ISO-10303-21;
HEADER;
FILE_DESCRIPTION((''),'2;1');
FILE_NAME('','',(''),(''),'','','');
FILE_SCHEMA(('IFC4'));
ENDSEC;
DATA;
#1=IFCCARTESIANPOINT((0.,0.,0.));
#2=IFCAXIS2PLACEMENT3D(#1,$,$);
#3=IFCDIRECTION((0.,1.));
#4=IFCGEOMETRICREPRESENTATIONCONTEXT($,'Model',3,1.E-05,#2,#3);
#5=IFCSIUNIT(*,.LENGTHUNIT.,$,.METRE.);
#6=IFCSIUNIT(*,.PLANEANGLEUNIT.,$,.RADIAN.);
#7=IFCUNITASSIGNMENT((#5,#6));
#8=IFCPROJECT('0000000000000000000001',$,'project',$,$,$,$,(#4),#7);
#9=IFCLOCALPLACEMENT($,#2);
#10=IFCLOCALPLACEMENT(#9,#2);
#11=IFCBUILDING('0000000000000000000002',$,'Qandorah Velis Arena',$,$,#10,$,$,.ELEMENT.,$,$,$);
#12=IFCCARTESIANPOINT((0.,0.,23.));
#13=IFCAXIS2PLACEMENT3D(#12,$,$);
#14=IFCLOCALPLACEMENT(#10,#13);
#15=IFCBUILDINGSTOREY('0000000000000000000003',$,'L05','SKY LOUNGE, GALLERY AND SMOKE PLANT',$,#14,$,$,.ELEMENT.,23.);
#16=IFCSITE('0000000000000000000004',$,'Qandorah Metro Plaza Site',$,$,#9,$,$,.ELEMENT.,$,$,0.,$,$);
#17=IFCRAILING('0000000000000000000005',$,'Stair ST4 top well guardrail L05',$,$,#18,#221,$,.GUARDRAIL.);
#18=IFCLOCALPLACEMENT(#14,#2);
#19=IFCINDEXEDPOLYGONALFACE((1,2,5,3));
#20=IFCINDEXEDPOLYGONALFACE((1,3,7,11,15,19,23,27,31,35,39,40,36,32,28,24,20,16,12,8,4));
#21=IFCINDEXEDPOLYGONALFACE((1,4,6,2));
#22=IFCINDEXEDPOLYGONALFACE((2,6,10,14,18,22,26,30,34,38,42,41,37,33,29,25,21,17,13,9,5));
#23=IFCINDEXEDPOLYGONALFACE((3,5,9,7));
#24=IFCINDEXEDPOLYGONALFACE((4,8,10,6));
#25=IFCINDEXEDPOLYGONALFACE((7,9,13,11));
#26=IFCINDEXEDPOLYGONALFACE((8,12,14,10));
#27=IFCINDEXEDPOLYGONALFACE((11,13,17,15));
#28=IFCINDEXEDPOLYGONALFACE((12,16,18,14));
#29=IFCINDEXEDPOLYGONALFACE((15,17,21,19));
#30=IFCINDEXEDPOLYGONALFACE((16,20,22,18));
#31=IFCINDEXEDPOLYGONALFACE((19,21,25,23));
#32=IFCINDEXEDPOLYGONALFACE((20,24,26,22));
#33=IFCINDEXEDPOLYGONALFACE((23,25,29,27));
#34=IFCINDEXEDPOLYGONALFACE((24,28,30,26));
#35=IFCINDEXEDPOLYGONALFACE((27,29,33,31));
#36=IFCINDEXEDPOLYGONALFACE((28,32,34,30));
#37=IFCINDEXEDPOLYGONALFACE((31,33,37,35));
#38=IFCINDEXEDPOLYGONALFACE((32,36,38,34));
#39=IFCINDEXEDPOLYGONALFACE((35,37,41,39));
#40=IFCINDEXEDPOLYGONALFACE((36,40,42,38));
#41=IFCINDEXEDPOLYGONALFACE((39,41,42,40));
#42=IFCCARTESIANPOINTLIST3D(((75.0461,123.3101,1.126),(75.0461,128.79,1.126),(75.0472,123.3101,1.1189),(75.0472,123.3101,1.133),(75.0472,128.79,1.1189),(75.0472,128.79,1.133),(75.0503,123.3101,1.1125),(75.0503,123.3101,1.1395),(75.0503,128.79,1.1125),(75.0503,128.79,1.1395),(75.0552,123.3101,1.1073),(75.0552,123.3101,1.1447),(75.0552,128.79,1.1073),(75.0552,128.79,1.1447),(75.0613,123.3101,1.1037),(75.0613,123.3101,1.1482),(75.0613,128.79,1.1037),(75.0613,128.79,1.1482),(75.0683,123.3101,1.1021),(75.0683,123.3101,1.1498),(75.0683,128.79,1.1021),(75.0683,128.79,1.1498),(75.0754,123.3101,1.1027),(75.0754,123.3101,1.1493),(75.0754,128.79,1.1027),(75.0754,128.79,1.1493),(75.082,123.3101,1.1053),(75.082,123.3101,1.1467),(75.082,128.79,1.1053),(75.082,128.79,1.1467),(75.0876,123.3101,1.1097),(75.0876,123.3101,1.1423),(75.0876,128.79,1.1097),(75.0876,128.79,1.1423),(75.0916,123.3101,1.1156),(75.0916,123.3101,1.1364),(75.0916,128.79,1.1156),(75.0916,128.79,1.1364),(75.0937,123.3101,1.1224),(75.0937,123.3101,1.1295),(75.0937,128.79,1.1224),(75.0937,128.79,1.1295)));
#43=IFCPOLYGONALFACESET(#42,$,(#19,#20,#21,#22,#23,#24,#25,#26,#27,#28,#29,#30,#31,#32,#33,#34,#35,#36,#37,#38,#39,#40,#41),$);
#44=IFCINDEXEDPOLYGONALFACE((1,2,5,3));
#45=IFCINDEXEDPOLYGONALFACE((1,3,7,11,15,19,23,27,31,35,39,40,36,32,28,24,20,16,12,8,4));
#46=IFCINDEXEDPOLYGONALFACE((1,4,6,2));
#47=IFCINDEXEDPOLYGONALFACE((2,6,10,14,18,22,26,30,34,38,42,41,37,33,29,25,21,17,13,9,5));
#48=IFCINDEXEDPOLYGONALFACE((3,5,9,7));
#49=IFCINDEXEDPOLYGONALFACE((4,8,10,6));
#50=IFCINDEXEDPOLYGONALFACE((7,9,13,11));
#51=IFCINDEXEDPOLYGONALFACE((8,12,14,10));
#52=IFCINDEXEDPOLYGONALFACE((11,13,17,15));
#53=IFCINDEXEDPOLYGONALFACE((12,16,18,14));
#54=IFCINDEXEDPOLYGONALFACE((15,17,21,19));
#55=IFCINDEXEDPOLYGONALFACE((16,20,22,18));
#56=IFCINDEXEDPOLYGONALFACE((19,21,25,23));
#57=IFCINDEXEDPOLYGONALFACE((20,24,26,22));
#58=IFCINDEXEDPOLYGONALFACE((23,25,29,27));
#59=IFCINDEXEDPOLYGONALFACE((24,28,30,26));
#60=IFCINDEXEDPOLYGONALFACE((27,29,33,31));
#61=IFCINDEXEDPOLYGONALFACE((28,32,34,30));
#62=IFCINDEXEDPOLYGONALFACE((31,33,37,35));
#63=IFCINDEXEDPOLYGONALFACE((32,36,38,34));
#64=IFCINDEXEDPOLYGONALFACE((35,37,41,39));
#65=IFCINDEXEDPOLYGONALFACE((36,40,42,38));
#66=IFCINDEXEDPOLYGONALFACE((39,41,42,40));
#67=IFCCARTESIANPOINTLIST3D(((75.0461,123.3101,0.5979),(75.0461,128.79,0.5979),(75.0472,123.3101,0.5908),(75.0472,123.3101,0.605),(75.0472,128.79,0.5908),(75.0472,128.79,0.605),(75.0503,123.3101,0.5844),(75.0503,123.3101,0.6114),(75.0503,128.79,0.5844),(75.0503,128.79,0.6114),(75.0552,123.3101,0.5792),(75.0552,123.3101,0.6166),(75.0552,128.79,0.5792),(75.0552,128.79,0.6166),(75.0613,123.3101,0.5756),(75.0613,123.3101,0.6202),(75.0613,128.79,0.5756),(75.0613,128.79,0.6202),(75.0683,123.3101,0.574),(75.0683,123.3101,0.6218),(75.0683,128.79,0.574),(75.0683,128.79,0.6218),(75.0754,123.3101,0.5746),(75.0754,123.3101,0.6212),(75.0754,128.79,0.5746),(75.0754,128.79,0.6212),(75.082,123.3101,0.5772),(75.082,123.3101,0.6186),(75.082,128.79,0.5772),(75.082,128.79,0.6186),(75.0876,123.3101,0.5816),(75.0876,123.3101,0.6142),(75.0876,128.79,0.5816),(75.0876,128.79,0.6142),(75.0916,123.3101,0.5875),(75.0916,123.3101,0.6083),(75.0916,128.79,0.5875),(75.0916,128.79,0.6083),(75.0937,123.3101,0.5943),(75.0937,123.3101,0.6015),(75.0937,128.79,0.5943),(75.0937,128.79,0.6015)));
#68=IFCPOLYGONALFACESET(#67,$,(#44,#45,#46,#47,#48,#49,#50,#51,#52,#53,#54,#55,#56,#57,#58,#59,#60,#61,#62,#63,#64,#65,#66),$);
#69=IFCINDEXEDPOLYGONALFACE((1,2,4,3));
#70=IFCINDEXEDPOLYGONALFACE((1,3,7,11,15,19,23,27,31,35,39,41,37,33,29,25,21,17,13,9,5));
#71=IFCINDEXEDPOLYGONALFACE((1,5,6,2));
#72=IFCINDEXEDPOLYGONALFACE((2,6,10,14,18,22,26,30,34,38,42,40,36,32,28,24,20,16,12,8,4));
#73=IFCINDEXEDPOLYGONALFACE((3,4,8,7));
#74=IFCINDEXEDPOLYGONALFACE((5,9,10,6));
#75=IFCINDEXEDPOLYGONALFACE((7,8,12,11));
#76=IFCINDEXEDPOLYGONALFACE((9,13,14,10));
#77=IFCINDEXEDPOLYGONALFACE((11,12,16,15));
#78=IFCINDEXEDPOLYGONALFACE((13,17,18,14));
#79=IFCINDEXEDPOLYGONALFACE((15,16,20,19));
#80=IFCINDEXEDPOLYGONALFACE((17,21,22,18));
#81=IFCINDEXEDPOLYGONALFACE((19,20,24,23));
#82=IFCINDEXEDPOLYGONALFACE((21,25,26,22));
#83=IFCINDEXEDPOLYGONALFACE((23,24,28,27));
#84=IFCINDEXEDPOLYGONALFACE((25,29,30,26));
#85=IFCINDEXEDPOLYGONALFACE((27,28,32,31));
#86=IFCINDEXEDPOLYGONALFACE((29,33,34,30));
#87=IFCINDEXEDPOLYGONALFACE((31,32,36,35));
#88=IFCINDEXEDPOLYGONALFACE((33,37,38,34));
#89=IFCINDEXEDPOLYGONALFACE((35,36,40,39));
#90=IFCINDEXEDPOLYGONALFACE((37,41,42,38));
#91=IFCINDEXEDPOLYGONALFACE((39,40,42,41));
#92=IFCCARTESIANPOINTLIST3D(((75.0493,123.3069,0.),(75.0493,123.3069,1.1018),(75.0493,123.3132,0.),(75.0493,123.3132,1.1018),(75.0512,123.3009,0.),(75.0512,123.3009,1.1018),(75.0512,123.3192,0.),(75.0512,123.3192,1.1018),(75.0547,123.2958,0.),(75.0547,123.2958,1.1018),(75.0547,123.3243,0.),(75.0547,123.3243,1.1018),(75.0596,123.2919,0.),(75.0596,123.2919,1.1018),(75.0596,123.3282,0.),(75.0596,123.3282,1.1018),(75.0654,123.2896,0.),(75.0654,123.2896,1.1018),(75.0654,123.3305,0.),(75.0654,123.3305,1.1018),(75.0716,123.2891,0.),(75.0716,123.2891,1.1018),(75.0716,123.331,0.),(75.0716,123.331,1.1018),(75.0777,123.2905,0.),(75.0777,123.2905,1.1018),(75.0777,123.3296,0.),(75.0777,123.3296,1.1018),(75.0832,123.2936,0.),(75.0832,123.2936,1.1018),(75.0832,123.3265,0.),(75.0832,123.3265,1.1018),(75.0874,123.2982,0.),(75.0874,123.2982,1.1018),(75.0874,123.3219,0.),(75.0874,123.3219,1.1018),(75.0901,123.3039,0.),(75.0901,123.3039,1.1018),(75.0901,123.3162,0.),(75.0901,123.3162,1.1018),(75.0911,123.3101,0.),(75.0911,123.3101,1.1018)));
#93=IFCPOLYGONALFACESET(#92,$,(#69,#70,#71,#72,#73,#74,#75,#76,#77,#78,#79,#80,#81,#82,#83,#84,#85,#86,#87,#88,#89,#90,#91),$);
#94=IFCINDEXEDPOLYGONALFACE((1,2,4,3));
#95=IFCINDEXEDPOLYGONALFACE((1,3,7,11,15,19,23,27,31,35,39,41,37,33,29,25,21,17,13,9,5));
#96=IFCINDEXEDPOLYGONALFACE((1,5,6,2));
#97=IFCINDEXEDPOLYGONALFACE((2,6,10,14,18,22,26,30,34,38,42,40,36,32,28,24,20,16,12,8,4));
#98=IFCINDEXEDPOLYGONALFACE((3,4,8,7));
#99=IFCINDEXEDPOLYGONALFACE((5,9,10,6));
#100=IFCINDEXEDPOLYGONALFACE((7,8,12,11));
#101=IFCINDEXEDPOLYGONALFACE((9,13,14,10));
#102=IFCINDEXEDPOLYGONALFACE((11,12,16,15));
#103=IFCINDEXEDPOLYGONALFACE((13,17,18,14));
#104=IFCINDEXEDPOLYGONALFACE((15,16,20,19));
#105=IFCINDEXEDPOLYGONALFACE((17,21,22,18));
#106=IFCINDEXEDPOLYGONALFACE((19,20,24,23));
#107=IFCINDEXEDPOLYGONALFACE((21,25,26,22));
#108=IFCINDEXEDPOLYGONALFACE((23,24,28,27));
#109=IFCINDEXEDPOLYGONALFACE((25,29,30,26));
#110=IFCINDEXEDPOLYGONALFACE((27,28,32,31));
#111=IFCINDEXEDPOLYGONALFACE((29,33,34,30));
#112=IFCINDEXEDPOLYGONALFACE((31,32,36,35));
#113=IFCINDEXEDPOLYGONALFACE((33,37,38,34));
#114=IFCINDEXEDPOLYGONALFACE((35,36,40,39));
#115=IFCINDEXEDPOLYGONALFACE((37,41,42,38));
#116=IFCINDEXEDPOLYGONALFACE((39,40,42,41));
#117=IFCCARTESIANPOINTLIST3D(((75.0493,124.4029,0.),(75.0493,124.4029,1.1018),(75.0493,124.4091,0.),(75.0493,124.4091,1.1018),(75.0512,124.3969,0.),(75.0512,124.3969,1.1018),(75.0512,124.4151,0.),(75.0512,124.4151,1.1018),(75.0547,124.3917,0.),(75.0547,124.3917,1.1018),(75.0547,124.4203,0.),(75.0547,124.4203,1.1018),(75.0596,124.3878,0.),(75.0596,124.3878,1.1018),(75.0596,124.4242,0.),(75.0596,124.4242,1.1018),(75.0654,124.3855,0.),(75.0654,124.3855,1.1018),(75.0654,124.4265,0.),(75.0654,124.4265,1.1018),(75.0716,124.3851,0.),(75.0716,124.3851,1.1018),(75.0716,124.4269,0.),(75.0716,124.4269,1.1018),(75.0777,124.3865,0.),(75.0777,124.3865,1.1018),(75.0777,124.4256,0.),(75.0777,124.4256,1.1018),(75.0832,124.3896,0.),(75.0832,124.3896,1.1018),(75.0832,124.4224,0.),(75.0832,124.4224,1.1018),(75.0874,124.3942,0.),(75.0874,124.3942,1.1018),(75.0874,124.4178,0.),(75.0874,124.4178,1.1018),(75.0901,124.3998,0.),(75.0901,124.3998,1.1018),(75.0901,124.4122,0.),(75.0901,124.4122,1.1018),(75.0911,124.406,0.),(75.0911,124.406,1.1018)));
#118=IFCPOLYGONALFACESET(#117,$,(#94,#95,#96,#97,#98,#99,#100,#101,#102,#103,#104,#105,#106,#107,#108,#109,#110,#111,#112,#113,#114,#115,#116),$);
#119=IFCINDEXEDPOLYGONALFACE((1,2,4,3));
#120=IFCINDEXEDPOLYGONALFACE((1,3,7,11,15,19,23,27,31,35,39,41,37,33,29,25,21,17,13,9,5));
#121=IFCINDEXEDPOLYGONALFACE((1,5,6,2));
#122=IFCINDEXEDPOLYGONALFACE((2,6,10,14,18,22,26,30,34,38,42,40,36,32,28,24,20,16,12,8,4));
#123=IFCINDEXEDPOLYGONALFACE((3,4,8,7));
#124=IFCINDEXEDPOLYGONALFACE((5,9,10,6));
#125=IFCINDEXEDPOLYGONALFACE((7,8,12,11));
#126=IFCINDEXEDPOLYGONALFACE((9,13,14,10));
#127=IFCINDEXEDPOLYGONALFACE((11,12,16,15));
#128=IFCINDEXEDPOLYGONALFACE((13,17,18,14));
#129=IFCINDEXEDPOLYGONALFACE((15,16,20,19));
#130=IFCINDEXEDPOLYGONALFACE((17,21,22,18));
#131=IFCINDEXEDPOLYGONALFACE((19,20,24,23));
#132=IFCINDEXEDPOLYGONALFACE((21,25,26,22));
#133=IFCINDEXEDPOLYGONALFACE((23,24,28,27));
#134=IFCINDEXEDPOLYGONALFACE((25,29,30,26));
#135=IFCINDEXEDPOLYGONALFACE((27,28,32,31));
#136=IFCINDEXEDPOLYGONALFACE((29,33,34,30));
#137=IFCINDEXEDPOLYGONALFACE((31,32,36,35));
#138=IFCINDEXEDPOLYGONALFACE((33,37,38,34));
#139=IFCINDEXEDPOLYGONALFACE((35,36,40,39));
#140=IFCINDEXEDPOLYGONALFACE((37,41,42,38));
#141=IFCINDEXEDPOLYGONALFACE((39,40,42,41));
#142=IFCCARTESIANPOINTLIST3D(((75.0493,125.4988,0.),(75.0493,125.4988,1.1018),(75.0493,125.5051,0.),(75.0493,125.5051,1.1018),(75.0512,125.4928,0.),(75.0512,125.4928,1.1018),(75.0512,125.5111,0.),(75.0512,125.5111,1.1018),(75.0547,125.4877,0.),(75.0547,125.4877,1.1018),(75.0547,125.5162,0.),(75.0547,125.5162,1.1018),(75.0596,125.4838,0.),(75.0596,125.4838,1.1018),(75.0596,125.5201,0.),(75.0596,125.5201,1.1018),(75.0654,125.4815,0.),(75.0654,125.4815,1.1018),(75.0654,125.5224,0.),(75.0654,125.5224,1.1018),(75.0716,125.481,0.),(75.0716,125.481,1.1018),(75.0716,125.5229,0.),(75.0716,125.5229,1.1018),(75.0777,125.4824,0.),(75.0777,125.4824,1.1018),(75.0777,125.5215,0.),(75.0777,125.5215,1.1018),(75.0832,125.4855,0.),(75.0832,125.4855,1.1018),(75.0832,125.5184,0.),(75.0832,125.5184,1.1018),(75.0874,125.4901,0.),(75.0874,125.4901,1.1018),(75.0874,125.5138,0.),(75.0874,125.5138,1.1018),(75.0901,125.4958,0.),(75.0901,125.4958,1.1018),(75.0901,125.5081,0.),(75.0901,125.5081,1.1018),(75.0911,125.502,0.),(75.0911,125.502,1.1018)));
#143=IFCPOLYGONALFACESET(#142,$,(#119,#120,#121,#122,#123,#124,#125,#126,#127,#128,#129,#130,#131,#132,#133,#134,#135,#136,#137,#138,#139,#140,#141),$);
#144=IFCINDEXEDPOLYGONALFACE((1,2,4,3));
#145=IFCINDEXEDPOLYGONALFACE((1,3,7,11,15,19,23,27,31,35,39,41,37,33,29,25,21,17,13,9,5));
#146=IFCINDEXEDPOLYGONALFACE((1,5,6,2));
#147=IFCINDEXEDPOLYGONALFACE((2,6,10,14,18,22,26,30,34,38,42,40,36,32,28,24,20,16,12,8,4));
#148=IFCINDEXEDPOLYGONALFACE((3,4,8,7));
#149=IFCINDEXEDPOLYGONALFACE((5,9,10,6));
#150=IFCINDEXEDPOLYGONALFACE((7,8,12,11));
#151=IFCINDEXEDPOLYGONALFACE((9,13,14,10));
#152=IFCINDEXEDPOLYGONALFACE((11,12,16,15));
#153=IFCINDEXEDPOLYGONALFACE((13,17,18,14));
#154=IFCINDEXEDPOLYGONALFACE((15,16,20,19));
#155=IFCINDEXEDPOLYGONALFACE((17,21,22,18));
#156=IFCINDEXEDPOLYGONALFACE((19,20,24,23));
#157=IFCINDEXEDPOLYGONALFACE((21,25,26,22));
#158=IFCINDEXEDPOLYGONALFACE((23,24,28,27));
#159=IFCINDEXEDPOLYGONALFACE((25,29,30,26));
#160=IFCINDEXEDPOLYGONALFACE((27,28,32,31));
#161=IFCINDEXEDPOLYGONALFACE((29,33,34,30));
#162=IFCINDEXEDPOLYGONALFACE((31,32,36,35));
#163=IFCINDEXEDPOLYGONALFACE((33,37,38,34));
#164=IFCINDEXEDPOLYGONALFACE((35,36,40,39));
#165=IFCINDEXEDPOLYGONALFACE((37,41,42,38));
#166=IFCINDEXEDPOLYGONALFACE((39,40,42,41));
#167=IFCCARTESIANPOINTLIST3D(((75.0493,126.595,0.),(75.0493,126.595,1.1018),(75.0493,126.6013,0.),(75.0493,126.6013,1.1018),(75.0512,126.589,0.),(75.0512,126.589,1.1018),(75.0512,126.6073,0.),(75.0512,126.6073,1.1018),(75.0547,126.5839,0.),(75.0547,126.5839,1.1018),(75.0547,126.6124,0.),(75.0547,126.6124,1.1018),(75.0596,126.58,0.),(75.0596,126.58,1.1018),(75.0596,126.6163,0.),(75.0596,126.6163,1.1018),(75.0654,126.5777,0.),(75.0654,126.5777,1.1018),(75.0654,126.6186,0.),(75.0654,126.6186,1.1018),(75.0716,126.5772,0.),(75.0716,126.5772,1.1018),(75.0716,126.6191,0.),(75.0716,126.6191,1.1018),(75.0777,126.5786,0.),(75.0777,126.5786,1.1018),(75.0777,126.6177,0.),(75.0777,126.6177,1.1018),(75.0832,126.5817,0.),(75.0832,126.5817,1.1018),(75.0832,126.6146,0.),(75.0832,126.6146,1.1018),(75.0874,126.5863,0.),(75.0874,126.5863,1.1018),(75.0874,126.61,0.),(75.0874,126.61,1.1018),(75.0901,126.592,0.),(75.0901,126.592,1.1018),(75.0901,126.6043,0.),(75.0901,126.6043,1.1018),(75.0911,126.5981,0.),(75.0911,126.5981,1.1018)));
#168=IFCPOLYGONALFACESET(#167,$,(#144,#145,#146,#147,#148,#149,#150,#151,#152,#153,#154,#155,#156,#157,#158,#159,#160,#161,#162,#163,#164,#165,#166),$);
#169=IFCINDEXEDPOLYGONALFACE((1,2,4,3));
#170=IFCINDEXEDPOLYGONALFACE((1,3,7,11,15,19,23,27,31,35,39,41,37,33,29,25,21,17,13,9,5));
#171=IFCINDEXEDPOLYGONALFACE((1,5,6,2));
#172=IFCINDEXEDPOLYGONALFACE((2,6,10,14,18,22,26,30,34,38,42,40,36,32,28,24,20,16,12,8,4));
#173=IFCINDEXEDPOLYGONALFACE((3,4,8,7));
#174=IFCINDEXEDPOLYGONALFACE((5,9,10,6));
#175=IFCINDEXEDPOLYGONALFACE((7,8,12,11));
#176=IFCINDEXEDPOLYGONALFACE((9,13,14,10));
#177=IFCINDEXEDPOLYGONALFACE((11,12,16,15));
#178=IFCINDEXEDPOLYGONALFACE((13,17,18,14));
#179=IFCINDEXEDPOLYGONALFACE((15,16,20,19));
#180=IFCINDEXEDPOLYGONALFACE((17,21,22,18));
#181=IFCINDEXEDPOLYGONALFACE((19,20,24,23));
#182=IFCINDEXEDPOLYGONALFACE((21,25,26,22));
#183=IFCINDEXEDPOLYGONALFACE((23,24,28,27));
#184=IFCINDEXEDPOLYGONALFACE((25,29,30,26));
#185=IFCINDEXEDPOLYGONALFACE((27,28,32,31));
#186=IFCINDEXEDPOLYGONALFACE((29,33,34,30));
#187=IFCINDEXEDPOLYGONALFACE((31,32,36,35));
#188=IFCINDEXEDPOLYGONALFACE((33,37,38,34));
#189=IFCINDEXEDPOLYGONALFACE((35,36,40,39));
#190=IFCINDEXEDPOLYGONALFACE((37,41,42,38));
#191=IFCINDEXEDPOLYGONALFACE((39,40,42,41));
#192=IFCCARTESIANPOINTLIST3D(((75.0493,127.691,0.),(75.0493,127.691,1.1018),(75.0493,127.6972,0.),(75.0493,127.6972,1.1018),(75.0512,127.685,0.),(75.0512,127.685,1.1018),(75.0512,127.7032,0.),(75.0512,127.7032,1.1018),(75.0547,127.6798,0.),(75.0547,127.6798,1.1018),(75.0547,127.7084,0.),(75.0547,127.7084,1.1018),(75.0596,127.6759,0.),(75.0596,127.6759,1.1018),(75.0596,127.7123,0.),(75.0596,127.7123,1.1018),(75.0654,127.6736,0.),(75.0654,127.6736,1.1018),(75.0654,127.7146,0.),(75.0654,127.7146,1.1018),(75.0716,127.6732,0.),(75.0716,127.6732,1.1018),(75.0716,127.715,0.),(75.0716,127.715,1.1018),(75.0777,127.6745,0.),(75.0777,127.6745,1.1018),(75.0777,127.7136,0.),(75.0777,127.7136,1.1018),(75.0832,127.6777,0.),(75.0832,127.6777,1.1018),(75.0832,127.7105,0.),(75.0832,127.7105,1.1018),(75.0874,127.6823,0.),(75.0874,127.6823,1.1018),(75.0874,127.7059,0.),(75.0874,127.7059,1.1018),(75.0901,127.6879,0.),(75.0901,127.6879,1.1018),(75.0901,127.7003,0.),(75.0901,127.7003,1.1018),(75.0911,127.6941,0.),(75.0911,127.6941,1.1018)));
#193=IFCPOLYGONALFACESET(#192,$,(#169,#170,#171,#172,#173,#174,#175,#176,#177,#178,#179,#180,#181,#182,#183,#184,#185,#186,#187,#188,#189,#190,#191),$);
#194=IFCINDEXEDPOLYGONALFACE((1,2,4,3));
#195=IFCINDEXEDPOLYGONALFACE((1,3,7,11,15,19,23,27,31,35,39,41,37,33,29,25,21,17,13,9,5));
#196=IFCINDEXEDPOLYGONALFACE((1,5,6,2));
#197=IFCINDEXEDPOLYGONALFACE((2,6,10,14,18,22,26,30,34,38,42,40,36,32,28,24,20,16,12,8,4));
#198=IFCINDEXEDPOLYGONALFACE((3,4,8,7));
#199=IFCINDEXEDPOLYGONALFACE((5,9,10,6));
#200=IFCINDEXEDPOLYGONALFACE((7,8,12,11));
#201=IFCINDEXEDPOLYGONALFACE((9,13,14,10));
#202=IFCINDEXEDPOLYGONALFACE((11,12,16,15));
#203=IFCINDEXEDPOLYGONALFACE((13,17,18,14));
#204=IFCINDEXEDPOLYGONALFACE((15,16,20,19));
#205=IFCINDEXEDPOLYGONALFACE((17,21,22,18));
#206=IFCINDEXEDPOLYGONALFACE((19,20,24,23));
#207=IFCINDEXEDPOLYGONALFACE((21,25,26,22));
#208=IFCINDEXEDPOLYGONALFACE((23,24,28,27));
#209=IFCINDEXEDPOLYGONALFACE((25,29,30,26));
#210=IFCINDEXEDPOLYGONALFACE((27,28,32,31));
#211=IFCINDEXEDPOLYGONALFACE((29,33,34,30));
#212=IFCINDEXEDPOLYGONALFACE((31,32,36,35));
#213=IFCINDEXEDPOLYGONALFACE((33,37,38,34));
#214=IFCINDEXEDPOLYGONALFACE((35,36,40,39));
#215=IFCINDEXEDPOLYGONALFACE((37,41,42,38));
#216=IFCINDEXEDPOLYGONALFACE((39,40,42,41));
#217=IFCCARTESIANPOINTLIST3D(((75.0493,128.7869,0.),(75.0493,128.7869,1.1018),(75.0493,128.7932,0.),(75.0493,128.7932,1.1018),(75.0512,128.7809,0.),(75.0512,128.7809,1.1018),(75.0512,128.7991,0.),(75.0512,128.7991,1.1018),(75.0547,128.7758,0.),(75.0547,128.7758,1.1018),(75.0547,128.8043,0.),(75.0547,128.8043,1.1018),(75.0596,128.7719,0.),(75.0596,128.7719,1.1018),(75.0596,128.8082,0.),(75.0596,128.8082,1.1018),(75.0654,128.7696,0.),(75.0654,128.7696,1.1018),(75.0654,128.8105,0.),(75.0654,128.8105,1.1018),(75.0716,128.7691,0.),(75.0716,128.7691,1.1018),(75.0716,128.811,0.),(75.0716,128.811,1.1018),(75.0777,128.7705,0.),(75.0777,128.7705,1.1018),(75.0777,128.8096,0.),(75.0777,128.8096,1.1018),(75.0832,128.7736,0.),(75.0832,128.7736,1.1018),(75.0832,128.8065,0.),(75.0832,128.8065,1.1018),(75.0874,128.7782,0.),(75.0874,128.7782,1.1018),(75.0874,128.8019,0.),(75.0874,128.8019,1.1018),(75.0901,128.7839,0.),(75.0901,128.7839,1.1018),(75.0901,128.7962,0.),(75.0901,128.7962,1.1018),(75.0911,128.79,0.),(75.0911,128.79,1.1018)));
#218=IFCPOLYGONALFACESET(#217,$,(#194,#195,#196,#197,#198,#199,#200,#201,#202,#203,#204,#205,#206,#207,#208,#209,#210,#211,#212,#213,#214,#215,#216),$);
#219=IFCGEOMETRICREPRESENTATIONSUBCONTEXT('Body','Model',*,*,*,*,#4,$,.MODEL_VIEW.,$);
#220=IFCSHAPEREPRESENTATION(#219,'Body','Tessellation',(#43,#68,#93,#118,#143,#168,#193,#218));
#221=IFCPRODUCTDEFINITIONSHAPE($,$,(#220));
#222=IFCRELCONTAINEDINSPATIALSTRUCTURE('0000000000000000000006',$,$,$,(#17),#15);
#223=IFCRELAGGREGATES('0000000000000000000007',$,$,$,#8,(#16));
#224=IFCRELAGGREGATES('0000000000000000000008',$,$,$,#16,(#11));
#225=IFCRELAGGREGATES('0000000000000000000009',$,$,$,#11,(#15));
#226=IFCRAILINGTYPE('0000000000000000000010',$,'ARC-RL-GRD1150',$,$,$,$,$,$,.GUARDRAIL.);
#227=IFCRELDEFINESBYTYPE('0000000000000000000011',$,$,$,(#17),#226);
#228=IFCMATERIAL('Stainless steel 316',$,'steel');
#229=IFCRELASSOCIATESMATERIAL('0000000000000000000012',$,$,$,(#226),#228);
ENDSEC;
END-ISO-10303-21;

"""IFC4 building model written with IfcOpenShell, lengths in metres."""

from ifc_helpers import new_model, si_unit, direction, frame, origin, origin_2d, place, context, subcontext, project, spatial, circle, extrude, material, type_object, element, save


model = new_model("IFC4")

# Units and contexts
model_context = context("Model", 3, precision=1e-05, world=origin(), true_north=direction((0.0, 1.0)))
body_context = subcontext(model_context, "Body", "Model", "MODEL_VIEW")
ifc_project = project(units=[si_unit("LENGTHUNIT", "METRE"), si_unit("PLANEANGLEUNIT", "RADIAN")], contexts=[model_context])

# Site, building, storey
site_placement = place(None, origin())
site = spatial("IfcSite", under=ifc_project, at=site_placement, Name="Qandorah Metro Plaza Site", CompositionType="ELEMENT", RefElevation=0.0)
building_placement = place(site_placement, origin())
building = spatial("IfcBuilding", under=site, at=building_placement, Name="Qandorah Velis Arena", CompositionType="ELEMENT")
storey_placement = place(building_placement, frame((0.0, 0.0, 23.0)))
storey = spatial("IfcBuildingStorey", under=building, at=storey_placement, Name="L05", Description="SKY LOUNGE, GALLERY AND SMOKE PLANT", CompositionType="ELEMENT", Elevation=23.0)

# Railing
ifc_material_1 = material(Name="Stainless steel 316", Category="steel")
railing_type = type_object("IfcRailingType", Name="ARC-RL-GRD1150", PredefinedType="GUARDRAIL", material=ifc_material_1)
railing_1_placement = place(storey_placement, frame((75.0701, 123.3101, 0.0)))
element("IfcRailing", 1, at=railing_1_placement, inside=storey, type_object=railing_type, Name="Stair ST4 top well guardrail L05", PredefinedType="GUARDRAIL", context=body_context, shape_type="SweptSolid", body=[
    extrude(circle(Radius=0.0239, at=origin_2d()), frame((0.0, 0.0, 1.126), z_axis=(0.0, 1.0, 0.0), x_axis=(-1.0, 0.0, 0.0)), (0.0, 0.0, 1.0), 5.48),
    extrude(circle(Radius=0.0239, at=origin_2d()), frame((0.0, 0.0, 0.5979), z_axis=(0.0, 1.0, 0.0), x_axis=(-1.0, 0.0, 0.0)), (0.0, 0.0, 1.0), 5.48),
    extrude(circle(Radius=0.021, at=origin_2d()), origin(), (0.0, 0.0, 1.0), 1.1018),
    extrude(circle(Radius=0.021, at=origin_2d()), frame((0.0, 1.0959, 0.0)), (0.0, 0.0, 1.0), 1.1018),
    extrude(circle(Radius=0.021, at=origin_2d()), frame((0.0, 2.1919, 0.0)), (0.0, 0.0, 1.0), 1.1018),
    extrude(circle(Radius=0.021, at=origin_2d()), frame((0.0, 3.2881, 0.0)), (0.0, 0.0, 1.0), 1.1018),
    extrude(circle(Radius=0.021, at=origin_2d()), frame((0.0, 4.384, 0.0)), (0.0, 0.0, 1.0), 1.1018),
    extrude(circle(Radius=0.021, at=origin_2d()), frame((0.0, 5.48, 0.0)), (0.0, 0.0, 1.0), 1.1018),
])

save(model, "model.ifc")
